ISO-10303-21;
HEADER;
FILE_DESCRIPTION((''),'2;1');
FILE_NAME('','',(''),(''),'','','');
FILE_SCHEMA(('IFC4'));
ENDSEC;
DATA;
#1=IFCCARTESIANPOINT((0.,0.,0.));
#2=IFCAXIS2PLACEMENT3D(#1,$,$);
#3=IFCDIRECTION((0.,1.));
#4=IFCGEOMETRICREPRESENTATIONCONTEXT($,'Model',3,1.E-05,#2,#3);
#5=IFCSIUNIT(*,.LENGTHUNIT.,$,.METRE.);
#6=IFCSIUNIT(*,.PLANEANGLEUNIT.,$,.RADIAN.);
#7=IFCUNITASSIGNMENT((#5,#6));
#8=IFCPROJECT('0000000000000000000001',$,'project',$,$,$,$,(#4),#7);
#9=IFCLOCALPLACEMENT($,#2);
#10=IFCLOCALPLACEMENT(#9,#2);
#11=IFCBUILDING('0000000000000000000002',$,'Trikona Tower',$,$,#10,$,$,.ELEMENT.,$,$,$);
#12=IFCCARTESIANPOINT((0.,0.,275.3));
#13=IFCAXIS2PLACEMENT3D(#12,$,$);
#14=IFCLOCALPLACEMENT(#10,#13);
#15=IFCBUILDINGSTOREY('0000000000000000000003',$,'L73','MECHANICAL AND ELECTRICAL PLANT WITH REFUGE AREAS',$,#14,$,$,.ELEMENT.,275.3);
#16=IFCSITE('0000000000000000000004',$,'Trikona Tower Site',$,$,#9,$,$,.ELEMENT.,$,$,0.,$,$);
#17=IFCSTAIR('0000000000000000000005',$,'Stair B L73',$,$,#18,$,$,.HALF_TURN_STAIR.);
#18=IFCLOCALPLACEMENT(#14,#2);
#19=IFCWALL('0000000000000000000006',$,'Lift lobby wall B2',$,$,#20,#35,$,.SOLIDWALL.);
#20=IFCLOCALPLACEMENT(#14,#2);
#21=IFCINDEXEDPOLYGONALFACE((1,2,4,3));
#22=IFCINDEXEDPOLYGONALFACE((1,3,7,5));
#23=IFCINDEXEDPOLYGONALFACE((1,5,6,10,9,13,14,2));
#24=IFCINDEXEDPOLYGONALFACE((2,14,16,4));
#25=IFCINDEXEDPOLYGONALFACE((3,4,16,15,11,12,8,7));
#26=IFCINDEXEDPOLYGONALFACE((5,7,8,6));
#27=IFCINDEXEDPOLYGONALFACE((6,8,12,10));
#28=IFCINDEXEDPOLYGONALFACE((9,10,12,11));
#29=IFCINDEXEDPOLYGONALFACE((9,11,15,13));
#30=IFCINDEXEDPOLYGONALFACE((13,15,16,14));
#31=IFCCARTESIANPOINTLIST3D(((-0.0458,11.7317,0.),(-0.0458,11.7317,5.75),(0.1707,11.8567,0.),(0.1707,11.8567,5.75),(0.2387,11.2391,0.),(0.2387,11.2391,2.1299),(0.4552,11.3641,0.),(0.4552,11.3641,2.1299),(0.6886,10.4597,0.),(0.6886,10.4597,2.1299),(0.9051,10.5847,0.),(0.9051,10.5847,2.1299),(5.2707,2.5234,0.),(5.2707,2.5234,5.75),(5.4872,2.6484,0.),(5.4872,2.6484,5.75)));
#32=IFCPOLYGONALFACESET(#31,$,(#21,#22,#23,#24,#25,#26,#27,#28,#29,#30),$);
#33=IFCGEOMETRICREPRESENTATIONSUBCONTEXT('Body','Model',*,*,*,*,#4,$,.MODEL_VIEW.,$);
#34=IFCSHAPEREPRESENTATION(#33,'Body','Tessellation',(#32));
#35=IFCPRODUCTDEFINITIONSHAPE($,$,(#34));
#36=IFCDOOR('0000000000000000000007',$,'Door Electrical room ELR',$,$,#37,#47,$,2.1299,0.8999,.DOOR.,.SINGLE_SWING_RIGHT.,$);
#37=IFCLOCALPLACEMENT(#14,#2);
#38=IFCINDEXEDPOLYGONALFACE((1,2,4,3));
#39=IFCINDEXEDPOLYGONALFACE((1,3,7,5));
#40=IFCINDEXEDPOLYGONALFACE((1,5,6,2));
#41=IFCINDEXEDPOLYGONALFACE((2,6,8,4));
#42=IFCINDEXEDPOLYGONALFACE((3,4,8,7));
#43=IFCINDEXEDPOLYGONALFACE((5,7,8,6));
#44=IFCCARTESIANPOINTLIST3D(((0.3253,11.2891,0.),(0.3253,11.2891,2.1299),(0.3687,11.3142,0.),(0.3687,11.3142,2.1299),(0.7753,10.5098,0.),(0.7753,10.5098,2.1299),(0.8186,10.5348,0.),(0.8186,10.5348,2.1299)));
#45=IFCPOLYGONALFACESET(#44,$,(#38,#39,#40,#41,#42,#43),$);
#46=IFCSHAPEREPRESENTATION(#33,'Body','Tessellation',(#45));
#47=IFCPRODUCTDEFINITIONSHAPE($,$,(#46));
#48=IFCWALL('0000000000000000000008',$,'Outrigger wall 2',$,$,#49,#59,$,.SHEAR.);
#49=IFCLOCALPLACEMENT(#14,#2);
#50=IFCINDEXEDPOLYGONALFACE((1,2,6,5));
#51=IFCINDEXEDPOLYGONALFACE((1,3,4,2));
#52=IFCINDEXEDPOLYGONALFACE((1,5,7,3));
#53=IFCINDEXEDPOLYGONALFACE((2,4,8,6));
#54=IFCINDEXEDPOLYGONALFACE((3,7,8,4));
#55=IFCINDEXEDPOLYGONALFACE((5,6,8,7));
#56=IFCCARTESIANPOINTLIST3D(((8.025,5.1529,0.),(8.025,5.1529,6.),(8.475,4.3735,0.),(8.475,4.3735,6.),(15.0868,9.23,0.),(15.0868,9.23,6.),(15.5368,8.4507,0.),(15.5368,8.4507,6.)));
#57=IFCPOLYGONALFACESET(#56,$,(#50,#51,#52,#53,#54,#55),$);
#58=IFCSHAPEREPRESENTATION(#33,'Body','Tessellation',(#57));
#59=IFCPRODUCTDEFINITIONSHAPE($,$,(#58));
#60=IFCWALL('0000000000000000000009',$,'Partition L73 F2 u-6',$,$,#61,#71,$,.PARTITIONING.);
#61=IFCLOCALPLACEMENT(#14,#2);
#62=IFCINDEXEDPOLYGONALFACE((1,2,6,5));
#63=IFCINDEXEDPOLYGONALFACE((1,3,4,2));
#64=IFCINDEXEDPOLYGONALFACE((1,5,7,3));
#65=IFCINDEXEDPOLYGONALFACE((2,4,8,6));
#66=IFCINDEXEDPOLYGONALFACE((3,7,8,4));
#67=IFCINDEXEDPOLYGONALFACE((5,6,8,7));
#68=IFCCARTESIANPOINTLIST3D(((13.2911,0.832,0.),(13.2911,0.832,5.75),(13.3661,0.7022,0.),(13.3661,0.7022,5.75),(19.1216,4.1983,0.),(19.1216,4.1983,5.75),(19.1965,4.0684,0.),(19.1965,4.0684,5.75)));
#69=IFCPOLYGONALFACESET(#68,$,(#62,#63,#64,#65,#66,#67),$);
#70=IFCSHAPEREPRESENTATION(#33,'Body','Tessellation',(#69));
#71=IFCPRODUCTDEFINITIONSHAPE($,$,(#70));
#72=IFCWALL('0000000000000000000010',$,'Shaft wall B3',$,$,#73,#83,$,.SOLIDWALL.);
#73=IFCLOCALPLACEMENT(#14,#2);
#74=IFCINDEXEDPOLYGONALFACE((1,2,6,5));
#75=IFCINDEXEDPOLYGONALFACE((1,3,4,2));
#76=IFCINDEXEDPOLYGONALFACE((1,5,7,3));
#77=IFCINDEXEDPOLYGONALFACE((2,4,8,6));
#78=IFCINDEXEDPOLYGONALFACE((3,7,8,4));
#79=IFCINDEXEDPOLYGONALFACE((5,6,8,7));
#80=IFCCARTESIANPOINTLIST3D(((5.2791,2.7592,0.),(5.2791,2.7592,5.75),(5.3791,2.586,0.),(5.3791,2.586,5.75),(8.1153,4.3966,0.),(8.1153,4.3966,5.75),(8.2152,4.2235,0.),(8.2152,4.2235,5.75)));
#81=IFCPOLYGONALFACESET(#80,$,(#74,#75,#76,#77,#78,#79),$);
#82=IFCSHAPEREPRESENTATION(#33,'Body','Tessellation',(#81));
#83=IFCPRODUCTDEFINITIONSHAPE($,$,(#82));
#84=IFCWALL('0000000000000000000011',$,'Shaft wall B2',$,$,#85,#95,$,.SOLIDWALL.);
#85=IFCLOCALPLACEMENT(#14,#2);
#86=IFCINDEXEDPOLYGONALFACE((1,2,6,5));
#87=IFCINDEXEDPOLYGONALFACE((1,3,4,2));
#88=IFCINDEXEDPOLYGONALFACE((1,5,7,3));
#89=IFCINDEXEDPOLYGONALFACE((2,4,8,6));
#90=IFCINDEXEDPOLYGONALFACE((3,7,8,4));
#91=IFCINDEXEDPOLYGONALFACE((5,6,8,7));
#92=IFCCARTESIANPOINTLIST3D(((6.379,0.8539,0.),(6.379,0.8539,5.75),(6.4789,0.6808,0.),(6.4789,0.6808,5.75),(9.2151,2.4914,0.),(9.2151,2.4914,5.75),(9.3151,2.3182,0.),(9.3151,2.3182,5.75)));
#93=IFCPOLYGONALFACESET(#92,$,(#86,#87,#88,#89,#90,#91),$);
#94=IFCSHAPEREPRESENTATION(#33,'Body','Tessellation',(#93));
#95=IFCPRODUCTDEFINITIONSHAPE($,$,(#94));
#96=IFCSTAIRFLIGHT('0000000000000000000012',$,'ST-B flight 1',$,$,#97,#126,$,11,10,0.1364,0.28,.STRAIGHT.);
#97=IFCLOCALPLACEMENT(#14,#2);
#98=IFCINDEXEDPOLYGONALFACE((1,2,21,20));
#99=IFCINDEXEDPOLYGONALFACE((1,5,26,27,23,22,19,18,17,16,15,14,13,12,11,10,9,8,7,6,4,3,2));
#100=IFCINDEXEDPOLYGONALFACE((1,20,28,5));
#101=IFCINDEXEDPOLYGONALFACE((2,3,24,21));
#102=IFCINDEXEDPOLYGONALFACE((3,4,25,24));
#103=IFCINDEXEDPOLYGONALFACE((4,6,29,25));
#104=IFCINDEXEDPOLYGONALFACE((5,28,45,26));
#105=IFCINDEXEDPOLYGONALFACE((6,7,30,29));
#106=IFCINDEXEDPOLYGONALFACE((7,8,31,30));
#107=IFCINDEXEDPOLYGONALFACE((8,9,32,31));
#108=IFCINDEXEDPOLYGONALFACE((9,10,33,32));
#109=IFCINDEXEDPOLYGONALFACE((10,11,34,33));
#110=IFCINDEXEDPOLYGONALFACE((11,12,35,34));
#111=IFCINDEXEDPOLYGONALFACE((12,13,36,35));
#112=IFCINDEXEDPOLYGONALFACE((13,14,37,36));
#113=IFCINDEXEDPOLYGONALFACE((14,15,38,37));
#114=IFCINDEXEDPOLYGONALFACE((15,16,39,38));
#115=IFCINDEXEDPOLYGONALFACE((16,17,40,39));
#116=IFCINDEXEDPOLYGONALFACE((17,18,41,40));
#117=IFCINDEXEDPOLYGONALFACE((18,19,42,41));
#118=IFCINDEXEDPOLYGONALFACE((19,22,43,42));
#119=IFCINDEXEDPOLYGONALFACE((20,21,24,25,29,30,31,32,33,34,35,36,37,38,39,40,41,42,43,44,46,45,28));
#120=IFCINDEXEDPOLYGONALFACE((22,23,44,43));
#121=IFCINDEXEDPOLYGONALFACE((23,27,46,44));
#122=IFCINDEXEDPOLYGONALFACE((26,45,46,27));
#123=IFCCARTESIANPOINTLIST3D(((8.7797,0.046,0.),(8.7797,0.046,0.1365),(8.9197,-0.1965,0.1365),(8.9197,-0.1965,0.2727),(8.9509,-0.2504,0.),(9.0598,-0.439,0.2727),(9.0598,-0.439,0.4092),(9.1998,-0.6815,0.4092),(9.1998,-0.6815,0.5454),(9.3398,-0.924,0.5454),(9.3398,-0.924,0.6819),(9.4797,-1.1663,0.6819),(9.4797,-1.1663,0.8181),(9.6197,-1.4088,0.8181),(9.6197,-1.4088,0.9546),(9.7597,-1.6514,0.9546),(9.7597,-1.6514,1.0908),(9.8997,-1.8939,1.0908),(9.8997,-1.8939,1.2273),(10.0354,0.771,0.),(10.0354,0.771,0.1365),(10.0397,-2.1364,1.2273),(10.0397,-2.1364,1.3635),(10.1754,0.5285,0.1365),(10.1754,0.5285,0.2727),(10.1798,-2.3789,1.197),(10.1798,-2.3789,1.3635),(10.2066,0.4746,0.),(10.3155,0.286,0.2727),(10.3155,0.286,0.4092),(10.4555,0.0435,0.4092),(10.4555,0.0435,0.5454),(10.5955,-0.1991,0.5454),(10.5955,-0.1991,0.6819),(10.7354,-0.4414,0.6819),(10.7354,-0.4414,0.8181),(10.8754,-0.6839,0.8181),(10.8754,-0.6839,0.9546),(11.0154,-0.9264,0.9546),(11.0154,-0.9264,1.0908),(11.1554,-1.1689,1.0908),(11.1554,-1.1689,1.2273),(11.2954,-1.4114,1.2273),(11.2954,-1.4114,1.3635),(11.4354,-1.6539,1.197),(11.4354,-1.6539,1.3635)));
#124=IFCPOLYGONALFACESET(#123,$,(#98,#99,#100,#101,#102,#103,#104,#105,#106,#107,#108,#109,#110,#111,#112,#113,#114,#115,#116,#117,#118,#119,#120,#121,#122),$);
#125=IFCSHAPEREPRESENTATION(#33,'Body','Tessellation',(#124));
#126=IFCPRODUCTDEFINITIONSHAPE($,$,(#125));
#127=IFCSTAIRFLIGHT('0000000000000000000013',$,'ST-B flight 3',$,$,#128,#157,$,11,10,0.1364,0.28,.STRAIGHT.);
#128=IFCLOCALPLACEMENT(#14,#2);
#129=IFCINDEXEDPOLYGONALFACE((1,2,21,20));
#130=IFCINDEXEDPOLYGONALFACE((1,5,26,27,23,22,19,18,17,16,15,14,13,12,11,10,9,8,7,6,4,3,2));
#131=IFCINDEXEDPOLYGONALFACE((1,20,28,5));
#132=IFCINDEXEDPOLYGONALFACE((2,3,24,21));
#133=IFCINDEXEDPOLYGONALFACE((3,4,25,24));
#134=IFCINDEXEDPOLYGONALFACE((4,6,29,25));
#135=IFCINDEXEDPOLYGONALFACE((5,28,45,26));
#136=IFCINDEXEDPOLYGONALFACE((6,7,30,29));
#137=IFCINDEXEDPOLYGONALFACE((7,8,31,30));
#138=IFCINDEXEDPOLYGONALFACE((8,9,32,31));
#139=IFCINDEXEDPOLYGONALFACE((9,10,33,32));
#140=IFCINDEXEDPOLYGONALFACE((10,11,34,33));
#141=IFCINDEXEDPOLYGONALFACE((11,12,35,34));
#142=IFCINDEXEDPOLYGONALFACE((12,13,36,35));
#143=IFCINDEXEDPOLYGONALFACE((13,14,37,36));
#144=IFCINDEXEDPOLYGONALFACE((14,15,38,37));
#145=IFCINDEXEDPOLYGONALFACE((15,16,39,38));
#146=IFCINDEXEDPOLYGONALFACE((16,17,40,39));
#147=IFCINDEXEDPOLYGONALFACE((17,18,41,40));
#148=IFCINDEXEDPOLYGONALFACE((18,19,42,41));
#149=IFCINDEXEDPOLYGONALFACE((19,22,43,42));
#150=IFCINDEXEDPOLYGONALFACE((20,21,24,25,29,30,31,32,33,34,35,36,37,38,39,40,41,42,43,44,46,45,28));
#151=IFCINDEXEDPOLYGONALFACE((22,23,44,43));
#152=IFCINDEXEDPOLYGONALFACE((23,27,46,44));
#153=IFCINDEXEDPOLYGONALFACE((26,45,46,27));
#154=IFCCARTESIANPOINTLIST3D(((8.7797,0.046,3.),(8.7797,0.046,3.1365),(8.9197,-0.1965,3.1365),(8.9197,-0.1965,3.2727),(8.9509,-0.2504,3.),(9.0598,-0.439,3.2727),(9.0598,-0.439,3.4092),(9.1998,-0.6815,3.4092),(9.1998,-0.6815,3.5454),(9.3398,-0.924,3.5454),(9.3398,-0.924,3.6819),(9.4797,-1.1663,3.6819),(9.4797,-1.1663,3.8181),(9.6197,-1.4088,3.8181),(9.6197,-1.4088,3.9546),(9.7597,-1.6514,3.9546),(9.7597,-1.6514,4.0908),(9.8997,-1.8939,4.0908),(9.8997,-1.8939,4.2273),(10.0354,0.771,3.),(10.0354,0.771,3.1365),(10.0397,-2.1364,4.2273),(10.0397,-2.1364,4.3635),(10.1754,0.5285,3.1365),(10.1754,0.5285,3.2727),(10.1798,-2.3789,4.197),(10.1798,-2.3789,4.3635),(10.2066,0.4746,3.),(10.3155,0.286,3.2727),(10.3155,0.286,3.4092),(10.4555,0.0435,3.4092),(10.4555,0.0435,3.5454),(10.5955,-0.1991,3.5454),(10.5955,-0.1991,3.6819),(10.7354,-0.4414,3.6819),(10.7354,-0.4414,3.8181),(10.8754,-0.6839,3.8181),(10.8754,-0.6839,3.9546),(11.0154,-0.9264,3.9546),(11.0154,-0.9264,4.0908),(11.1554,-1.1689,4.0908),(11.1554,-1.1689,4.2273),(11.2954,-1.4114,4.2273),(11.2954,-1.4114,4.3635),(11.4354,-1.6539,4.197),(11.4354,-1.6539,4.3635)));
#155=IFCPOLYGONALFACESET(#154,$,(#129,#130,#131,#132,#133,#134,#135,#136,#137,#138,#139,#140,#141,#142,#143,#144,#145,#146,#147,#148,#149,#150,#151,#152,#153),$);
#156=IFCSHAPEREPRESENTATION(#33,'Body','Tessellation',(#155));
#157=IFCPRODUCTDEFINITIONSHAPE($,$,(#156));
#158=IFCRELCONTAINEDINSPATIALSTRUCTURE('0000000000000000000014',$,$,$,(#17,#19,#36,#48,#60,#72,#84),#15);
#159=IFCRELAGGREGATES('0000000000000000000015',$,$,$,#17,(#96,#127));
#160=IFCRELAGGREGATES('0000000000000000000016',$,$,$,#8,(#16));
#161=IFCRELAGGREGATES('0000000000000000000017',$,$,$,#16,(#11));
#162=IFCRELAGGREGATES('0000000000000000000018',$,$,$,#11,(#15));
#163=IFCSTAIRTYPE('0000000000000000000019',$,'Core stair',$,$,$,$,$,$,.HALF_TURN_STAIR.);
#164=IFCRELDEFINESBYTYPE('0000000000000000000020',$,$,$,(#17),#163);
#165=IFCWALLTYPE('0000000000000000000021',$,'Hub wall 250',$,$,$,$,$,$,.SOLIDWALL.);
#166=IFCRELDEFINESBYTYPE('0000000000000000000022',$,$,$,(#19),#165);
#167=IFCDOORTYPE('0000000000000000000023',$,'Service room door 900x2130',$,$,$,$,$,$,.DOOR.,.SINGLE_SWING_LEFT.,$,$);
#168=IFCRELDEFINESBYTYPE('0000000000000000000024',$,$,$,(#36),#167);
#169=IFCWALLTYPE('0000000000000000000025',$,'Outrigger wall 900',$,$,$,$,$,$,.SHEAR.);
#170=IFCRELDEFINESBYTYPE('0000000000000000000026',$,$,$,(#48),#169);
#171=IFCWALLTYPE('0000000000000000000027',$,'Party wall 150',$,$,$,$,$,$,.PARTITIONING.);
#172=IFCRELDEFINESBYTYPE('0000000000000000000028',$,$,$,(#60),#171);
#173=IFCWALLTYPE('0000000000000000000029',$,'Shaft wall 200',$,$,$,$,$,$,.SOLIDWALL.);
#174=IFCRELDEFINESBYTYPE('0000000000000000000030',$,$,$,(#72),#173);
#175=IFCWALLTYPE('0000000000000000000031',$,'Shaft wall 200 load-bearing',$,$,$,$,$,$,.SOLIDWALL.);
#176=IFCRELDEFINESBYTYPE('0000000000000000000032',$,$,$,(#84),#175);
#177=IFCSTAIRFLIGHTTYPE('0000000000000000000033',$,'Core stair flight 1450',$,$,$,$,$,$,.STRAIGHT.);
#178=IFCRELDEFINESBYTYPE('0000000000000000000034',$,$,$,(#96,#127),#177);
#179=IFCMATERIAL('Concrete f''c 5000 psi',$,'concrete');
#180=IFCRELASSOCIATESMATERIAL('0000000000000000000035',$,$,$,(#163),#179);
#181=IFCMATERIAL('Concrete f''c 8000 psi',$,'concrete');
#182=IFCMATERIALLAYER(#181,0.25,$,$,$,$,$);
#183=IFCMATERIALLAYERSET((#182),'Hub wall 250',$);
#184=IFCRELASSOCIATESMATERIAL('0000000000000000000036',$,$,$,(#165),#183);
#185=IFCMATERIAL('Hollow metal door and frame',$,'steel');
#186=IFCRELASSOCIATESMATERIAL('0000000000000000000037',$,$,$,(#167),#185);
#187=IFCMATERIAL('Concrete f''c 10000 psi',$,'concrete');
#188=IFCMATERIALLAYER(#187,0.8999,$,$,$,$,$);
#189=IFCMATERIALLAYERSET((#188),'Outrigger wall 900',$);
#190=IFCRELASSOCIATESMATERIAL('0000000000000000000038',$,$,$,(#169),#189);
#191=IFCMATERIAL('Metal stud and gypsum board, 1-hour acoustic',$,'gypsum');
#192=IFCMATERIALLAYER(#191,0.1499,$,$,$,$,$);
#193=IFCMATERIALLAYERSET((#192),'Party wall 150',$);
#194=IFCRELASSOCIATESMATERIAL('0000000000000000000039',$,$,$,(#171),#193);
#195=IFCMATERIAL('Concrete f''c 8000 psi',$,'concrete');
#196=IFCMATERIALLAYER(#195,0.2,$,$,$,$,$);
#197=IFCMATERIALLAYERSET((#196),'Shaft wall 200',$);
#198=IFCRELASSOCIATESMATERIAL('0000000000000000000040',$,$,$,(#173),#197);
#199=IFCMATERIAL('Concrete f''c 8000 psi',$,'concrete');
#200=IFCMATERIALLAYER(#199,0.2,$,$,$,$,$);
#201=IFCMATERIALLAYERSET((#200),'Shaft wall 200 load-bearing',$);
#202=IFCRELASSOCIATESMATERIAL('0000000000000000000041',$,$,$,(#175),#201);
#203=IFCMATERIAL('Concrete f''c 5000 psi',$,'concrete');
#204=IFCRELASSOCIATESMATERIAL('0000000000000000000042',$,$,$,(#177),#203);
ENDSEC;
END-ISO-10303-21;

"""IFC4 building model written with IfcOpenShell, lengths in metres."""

from ifc_helpers import new_model, si_unit, direction, frame, frame_2d, origin, place, context, subcontext, project, spatial, polyline, rectangle, outline, extrude, material, layer, layer_set, type_object, element, fill, aggregate, save


model = new_model("IFC4")

# Units and contexts
model_context = context("Model", 3, precision=1e-05, world=origin(), true_north=direction((0.0, 1.0)))
body_context = subcontext(model_context, "Body", "Model", "MODEL_VIEW")
ifc_project = project(units=[si_unit("LENGTHUNIT", "METRE"), si_unit("PLANEANGLEUNIT", "RADIAN")], contexts=[model_context])

# Site, building, storey
site_placement = place(None, origin())
site = spatial("IfcSite", under=ifc_project, at=site_placement, Name="Trikona Tower Site", CompositionType="ELEMENT", RefElevation=0.0)
building_placement = place(site_placement, origin())
building = spatial("IfcBuilding", under=site, at=building_placement, Name="Trikona Tower", CompositionType="ELEMENT")
storey_placement = place(building_placement, frame((0.0, 0.0, 275.3)))
storey = spatial("IfcBuildingStorey", under=building, at=storey_placement, Name="L73", Description="MECHANICAL AND ELECTRICAL PLANT WITH REFUGE AREAS", CompositionType="ELEMENT", Elevation=275.3)

# Shared definitions
ifc_material_1 = material(Name="Concrete f'c 5000 psi", Category="concrete")
stair_type = type_object("IfcStairType", Name="Core stair", PredefinedType="HALF_TURN_STAIR", material=ifc_material_1)

# Stair
stair_1_placement = place(storey_placement, origin())
stair_1 = element("IfcStair", 1, at=stair_1_placement, inside=storey, type_object=stair_type, Name="Stair B L73", PredefinedType="HALF_TURN_STAIR")

# Wall, opening, door
ifc_material_2 = material(Name="Concrete f'c 8000 psi", Category="concrete")
ifc_layer_1 = layer(ifc_material_2, 0.25)
ifc_layer_set_1 = layer_set([ifc_layer_1], Name="Hub wall 250")
wall_type_1 = type_object("IfcWallType", Name="Hub wall 250", PredefinedType="SOLIDWALL", material=ifc_layer_set_1)
wall_1_placement = place(storey_placement, frame((5.3789, 2.5859, 0.0), z_axis=(0.0, 0.0, 1.0), x_axis=(-0.500001, 0.866025, 0.0)))
wall_1 = element("IfcWall", 2, at=wall_1_placement, inside=storey, type_object=wall_type_1, Name="Lift lobby wall B2", PredefinedType="SOLIDWALL", context=body_context, shape_type="SweptSolid", body=[
    extrude(rectangle(XDim=10.6328, YDim=0.25, at=frame_2d((5.3164, 0.0))), origin(), (0.0, 0.0, 1.0), 5.75),
])
opening_placement = place(wall_1_placement, frame((9.1641, 0.0, 0.0)))
opening = element("IfcOpeningElement", 3, at=opening_placement, cuts=wall_1, PredefinedType="OPENING", context=body_context, shape_type="SweptSolid", body=[
    extrude(rectangle(XDim=0.8999, YDim=2.1299, at=frame_2d((0.45, 1.0649))), frame((0.0, 0.135, 0.0), z_axis=(0.0, -1.0, 0.0), x_axis=(1.0, 0.0, 0.0)), (0.0, 0.0, 1.0), 0.27),
])
ifc_material_3 = material(Name="Hollow metal door and frame", Category="steel")
door_type = type_object("IfcDoorType", Name="Service room door 900x2130", OperationType="SINGLE_SWING_LEFT", PredefinedType="DOOR", material=ifc_material_3)
door_placement = place(opening_placement, origin())
door = element("IfcDoor", 4, at=door_placement, inside=storey, type_object=door_type, Name="Door Electrical room ELR", OperationType="SINGLE_SWING_RIGHT", OverallHeight=2.1299, OverallWidth=0.8999, PredefinedType="DOOR", context=body_context, shape_type="SweptSolid", body=[
    extrude(rectangle(XDim=0.8999, YDim=2.1299, at=frame_2d((0.45, 1.0649))), frame((0.0, 0.0249, 0.0), z_axis=(0.0, -1.0, 0.0), x_axis=(1.0, 0.0, 0.0)), (0.0, 0.0, 1.0), 0.05),
])
fill(opening, door)

# Walls
ifc_material_4 = material(Name="Concrete f'c 10000 psi", Category="concrete")
ifc_layer_2 = layer(ifc_material_4, 0.8999)
ifc_layer_set_2 = layer_set([ifc_layer_2], Name="Outrigger wall 900")
wall_type_2 = type_object("IfcWallType", Name="Outrigger wall 900", PredefinedType="SHEAR", material=ifc_layer_set_2)
wall_2_placement = place(storey_placement, frame((8.25, 4.7632, 0.0), z_axis=(0.0, 0.0, 1.0), x_axis=(0.866024, 0.500003, 0.0)))
element("IfcWall", 5, at=wall_2_placement, inside=storey, type_object=wall_type_2, Name="Outrigger wall 2", PredefinedType="SHEAR", context=body_context, shape_type="SweptSolid", body=[
    extrude(rectangle(XDim=8.1543, YDim=0.8999, at=frame_2d((4.0771, 0.0))), origin(), (0.0, 0.0, 1.0), 6.0),
])
ifc_material_5 = material(Name="Metal stud and gypsum board, 1-hour acoustic", Category="gypsum")
ifc_layer_3 = layer(ifc_material_5, 0.1499)
ifc_layer_set_3 = layer_set([ifc_layer_3], Name="Party wall 150")
wall_type_3 = type_object("IfcWallType", Name="Party wall 150", PredefinedType="PARTITIONING", material=ifc_layer_set_3)
wall_3_placement = place(storey_placement, frame((13.3286, 0.7671, 0.0), z_axis=(0.0, 0.0, 1.0), x_axis=(0.866021, 0.500008, 0.0)))
element("IfcWall", 6, at=wall_3_placement, inside=storey, type_object=wall_type_3, Name="Partition L73 F2 u-6", PredefinedType="PARTITIONING", context=body_context, shape_type="SweptSolid", body=[
    extrude(rectangle(XDim=6.7324, YDim=0.1499, at=frame_2d((3.3662, 0.0))), origin(), (0.0, 0.0, 1.0), 5.75),
])
ifc_material_6 = material(Name="Concrete f'c 8000 psi", Category="concrete")
ifc_layer_4 = layer(ifc_material_6, 0.2)
ifc_layer_set_4 = layer_set([ifc_layer_4], Name="Shaft wall 200")
wall_type_4 = type_object("IfcWallType", Name="Shaft wall 200", PredefinedType="SOLIDWALL", material=ifc_layer_set_4)
wall_4_placement = place(storey_placement, frame((5.3291, 2.6726, 0.0), z_axis=(0.0, 0.0, 1.0), x_axis=(0.866028, 0.499996, 0.0)))
element("IfcWall", 7, at=wall_4_placement, inside=storey, type_object=wall_type_4, Name="Shaft wall B3", PredefinedType="SOLIDWALL", context=body_context, shape_type="SweptSolid", body=[
    extrude(rectangle(XDim=3.2749, YDim=0.2, at=frame_2d((1.6375, 0.0))), origin(), (0.0, 0.0, 1.0), 5.75),
])
ifc_material_7 = material(Name="Concrete f'c 8000 psi", Category="concrete")
ifc_layer_5 = layer(ifc_material_7, 0.2)
ifc_layer_set_5 = layer_set([ifc_layer_5], Name="Shaft wall 200 load-bearing")
wall_type_5 = type_object("IfcWallType", Name="Shaft wall 200 load-bearing", PredefinedType="SOLIDWALL", material=ifc_layer_set_5)
wall_5_placement = place(storey_placement, frame((6.429, 0.7673, 0.0), z_axis=(0.0, 0.0, 1.0), x_axis=(0.866028, 0.499996, 0.0)))
element("IfcWall", 8, at=wall_5_placement, inside=storey, type_object=wall_type_5, Name="Shaft wall B2", PredefinedType="SOLIDWALL", context=body_context, shape_type="SweptSolid", body=[
    extrude(rectangle(XDim=3.2749, YDim=0.2, at=frame_2d((1.6375, 0.0))), origin(), (0.0, 0.0, 1.0), 5.75),
])

# Stair flights
ifc_material_8 = material(Name="Concrete f'c 5000 psi", Category="concrete")
stair_flight_type = type_object("IfcStairFlightType", Name="Core stair flight 1450", PredefinedType="STRAIGHT", material=ifc_material_8)
stair_flight_1_placement = place(storey_placement, frame((9.4075, 0.4084, 0.0), z_axis=(0.0, 0.0, 1.0), x_axis=(0.5, -0.866025, 0.0)))
stair_flight_1 = element("IfcStairFlight", 9, at=stair_flight_1_placement, type_object=stair_flight_type, Name="ST-B flight 1", NumberOfRisers=11, NumberOfTreads=10, PredefinedType="STRAIGHT", RiserHeight=0.1364, TreadLength=0.28, context=body_context, shape_type="SweptSolid", body=[
    extrude(outline(polyline([(0.0, 0.0), (0.0, 0.1365), (0.28, 0.1365), (0.28, 0.2727), (0.5601, 0.2727), (0.5601, 0.4092), (0.8401, 0.4092), (0.8401, 0.5454), (1.1201, 0.5454), (1.1201, 0.6819), (1.3999, 0.6819), (1.3999, 0.8181), (1.6799, 0.8181), (1.6799, 0.9546), (1.96, 0.9546), (1.96, 1.0908), (2.24, 1.0908), (2.24, 1.2273), (2.52, 1.2273), (2.52, 1.3635), (2.8, 1.3635), (2.8, 1.5), (2.8, 1.197), (0.3423, 0.0), (0.0, 0.0)])), frame((0.0, 0.7251, 0.0), z_axis=(0.0, -1.0, 0.0), x_axis=(1.0, 0.0, 0.0)), (0.0, 0.0, 1.0), 1.45),
])
stair_flight_2_placement = place(storey_placement, frame((9.4075, 0.4084, 3.0), z_axis=(0.0, 0.0, 1.0), x_axis=(0.5, -0.866025, 0.0)))
stair_flight_2 = element("IfcStairFlight", 10, at=stair_flight_2_placement, type_object=stair_flight_type, Name="ST-B flight 3", NumberOfRisers=11, NumberOfTreads=10, PredefinedType="STRAIGHT", RiserHeight=0.1364, TreadLength=0.28, context=body_context, shape_type="SweptSolid", body=[
    extrude(outline(polyline([(0.0, 0.0), (0.0, 0.1365), (0.28, 0.1365), (0.28, 0.2727), (0.5601, 0.2727), (0.5601, 0.4092), (0.8401, 0.4092), (0.8401, 0.5454), (1.1201, 0.5454), (1.1201, 0.6819), (1.3999, 0.6819), (1.3999, 0.8181), (1.6799, 0.8181), (1.6799, 0.9546), (1.96, 0.9546), (1.96, 1.0908), (2.24, 1.0908), (2.24, 1.2273), (2.52, 1.2273), (2.52, 1.3635), (2.8, 1.3635), (2.8, 1.5), (2.8, 1.197), (0.3423, 0.0), (0.0, 0.0)])), frame((0.0, 0.7251, 0.0), z_axis=(0.0, -1.0, 0.0), x_axis=(1.0, 0.0, 0.0)), (0.0, 0.0, 1.0), 1.45),
])
aggregate(stair_1, [stair_flight_1, stair_flight_2])

save(model, "model.ifc")
